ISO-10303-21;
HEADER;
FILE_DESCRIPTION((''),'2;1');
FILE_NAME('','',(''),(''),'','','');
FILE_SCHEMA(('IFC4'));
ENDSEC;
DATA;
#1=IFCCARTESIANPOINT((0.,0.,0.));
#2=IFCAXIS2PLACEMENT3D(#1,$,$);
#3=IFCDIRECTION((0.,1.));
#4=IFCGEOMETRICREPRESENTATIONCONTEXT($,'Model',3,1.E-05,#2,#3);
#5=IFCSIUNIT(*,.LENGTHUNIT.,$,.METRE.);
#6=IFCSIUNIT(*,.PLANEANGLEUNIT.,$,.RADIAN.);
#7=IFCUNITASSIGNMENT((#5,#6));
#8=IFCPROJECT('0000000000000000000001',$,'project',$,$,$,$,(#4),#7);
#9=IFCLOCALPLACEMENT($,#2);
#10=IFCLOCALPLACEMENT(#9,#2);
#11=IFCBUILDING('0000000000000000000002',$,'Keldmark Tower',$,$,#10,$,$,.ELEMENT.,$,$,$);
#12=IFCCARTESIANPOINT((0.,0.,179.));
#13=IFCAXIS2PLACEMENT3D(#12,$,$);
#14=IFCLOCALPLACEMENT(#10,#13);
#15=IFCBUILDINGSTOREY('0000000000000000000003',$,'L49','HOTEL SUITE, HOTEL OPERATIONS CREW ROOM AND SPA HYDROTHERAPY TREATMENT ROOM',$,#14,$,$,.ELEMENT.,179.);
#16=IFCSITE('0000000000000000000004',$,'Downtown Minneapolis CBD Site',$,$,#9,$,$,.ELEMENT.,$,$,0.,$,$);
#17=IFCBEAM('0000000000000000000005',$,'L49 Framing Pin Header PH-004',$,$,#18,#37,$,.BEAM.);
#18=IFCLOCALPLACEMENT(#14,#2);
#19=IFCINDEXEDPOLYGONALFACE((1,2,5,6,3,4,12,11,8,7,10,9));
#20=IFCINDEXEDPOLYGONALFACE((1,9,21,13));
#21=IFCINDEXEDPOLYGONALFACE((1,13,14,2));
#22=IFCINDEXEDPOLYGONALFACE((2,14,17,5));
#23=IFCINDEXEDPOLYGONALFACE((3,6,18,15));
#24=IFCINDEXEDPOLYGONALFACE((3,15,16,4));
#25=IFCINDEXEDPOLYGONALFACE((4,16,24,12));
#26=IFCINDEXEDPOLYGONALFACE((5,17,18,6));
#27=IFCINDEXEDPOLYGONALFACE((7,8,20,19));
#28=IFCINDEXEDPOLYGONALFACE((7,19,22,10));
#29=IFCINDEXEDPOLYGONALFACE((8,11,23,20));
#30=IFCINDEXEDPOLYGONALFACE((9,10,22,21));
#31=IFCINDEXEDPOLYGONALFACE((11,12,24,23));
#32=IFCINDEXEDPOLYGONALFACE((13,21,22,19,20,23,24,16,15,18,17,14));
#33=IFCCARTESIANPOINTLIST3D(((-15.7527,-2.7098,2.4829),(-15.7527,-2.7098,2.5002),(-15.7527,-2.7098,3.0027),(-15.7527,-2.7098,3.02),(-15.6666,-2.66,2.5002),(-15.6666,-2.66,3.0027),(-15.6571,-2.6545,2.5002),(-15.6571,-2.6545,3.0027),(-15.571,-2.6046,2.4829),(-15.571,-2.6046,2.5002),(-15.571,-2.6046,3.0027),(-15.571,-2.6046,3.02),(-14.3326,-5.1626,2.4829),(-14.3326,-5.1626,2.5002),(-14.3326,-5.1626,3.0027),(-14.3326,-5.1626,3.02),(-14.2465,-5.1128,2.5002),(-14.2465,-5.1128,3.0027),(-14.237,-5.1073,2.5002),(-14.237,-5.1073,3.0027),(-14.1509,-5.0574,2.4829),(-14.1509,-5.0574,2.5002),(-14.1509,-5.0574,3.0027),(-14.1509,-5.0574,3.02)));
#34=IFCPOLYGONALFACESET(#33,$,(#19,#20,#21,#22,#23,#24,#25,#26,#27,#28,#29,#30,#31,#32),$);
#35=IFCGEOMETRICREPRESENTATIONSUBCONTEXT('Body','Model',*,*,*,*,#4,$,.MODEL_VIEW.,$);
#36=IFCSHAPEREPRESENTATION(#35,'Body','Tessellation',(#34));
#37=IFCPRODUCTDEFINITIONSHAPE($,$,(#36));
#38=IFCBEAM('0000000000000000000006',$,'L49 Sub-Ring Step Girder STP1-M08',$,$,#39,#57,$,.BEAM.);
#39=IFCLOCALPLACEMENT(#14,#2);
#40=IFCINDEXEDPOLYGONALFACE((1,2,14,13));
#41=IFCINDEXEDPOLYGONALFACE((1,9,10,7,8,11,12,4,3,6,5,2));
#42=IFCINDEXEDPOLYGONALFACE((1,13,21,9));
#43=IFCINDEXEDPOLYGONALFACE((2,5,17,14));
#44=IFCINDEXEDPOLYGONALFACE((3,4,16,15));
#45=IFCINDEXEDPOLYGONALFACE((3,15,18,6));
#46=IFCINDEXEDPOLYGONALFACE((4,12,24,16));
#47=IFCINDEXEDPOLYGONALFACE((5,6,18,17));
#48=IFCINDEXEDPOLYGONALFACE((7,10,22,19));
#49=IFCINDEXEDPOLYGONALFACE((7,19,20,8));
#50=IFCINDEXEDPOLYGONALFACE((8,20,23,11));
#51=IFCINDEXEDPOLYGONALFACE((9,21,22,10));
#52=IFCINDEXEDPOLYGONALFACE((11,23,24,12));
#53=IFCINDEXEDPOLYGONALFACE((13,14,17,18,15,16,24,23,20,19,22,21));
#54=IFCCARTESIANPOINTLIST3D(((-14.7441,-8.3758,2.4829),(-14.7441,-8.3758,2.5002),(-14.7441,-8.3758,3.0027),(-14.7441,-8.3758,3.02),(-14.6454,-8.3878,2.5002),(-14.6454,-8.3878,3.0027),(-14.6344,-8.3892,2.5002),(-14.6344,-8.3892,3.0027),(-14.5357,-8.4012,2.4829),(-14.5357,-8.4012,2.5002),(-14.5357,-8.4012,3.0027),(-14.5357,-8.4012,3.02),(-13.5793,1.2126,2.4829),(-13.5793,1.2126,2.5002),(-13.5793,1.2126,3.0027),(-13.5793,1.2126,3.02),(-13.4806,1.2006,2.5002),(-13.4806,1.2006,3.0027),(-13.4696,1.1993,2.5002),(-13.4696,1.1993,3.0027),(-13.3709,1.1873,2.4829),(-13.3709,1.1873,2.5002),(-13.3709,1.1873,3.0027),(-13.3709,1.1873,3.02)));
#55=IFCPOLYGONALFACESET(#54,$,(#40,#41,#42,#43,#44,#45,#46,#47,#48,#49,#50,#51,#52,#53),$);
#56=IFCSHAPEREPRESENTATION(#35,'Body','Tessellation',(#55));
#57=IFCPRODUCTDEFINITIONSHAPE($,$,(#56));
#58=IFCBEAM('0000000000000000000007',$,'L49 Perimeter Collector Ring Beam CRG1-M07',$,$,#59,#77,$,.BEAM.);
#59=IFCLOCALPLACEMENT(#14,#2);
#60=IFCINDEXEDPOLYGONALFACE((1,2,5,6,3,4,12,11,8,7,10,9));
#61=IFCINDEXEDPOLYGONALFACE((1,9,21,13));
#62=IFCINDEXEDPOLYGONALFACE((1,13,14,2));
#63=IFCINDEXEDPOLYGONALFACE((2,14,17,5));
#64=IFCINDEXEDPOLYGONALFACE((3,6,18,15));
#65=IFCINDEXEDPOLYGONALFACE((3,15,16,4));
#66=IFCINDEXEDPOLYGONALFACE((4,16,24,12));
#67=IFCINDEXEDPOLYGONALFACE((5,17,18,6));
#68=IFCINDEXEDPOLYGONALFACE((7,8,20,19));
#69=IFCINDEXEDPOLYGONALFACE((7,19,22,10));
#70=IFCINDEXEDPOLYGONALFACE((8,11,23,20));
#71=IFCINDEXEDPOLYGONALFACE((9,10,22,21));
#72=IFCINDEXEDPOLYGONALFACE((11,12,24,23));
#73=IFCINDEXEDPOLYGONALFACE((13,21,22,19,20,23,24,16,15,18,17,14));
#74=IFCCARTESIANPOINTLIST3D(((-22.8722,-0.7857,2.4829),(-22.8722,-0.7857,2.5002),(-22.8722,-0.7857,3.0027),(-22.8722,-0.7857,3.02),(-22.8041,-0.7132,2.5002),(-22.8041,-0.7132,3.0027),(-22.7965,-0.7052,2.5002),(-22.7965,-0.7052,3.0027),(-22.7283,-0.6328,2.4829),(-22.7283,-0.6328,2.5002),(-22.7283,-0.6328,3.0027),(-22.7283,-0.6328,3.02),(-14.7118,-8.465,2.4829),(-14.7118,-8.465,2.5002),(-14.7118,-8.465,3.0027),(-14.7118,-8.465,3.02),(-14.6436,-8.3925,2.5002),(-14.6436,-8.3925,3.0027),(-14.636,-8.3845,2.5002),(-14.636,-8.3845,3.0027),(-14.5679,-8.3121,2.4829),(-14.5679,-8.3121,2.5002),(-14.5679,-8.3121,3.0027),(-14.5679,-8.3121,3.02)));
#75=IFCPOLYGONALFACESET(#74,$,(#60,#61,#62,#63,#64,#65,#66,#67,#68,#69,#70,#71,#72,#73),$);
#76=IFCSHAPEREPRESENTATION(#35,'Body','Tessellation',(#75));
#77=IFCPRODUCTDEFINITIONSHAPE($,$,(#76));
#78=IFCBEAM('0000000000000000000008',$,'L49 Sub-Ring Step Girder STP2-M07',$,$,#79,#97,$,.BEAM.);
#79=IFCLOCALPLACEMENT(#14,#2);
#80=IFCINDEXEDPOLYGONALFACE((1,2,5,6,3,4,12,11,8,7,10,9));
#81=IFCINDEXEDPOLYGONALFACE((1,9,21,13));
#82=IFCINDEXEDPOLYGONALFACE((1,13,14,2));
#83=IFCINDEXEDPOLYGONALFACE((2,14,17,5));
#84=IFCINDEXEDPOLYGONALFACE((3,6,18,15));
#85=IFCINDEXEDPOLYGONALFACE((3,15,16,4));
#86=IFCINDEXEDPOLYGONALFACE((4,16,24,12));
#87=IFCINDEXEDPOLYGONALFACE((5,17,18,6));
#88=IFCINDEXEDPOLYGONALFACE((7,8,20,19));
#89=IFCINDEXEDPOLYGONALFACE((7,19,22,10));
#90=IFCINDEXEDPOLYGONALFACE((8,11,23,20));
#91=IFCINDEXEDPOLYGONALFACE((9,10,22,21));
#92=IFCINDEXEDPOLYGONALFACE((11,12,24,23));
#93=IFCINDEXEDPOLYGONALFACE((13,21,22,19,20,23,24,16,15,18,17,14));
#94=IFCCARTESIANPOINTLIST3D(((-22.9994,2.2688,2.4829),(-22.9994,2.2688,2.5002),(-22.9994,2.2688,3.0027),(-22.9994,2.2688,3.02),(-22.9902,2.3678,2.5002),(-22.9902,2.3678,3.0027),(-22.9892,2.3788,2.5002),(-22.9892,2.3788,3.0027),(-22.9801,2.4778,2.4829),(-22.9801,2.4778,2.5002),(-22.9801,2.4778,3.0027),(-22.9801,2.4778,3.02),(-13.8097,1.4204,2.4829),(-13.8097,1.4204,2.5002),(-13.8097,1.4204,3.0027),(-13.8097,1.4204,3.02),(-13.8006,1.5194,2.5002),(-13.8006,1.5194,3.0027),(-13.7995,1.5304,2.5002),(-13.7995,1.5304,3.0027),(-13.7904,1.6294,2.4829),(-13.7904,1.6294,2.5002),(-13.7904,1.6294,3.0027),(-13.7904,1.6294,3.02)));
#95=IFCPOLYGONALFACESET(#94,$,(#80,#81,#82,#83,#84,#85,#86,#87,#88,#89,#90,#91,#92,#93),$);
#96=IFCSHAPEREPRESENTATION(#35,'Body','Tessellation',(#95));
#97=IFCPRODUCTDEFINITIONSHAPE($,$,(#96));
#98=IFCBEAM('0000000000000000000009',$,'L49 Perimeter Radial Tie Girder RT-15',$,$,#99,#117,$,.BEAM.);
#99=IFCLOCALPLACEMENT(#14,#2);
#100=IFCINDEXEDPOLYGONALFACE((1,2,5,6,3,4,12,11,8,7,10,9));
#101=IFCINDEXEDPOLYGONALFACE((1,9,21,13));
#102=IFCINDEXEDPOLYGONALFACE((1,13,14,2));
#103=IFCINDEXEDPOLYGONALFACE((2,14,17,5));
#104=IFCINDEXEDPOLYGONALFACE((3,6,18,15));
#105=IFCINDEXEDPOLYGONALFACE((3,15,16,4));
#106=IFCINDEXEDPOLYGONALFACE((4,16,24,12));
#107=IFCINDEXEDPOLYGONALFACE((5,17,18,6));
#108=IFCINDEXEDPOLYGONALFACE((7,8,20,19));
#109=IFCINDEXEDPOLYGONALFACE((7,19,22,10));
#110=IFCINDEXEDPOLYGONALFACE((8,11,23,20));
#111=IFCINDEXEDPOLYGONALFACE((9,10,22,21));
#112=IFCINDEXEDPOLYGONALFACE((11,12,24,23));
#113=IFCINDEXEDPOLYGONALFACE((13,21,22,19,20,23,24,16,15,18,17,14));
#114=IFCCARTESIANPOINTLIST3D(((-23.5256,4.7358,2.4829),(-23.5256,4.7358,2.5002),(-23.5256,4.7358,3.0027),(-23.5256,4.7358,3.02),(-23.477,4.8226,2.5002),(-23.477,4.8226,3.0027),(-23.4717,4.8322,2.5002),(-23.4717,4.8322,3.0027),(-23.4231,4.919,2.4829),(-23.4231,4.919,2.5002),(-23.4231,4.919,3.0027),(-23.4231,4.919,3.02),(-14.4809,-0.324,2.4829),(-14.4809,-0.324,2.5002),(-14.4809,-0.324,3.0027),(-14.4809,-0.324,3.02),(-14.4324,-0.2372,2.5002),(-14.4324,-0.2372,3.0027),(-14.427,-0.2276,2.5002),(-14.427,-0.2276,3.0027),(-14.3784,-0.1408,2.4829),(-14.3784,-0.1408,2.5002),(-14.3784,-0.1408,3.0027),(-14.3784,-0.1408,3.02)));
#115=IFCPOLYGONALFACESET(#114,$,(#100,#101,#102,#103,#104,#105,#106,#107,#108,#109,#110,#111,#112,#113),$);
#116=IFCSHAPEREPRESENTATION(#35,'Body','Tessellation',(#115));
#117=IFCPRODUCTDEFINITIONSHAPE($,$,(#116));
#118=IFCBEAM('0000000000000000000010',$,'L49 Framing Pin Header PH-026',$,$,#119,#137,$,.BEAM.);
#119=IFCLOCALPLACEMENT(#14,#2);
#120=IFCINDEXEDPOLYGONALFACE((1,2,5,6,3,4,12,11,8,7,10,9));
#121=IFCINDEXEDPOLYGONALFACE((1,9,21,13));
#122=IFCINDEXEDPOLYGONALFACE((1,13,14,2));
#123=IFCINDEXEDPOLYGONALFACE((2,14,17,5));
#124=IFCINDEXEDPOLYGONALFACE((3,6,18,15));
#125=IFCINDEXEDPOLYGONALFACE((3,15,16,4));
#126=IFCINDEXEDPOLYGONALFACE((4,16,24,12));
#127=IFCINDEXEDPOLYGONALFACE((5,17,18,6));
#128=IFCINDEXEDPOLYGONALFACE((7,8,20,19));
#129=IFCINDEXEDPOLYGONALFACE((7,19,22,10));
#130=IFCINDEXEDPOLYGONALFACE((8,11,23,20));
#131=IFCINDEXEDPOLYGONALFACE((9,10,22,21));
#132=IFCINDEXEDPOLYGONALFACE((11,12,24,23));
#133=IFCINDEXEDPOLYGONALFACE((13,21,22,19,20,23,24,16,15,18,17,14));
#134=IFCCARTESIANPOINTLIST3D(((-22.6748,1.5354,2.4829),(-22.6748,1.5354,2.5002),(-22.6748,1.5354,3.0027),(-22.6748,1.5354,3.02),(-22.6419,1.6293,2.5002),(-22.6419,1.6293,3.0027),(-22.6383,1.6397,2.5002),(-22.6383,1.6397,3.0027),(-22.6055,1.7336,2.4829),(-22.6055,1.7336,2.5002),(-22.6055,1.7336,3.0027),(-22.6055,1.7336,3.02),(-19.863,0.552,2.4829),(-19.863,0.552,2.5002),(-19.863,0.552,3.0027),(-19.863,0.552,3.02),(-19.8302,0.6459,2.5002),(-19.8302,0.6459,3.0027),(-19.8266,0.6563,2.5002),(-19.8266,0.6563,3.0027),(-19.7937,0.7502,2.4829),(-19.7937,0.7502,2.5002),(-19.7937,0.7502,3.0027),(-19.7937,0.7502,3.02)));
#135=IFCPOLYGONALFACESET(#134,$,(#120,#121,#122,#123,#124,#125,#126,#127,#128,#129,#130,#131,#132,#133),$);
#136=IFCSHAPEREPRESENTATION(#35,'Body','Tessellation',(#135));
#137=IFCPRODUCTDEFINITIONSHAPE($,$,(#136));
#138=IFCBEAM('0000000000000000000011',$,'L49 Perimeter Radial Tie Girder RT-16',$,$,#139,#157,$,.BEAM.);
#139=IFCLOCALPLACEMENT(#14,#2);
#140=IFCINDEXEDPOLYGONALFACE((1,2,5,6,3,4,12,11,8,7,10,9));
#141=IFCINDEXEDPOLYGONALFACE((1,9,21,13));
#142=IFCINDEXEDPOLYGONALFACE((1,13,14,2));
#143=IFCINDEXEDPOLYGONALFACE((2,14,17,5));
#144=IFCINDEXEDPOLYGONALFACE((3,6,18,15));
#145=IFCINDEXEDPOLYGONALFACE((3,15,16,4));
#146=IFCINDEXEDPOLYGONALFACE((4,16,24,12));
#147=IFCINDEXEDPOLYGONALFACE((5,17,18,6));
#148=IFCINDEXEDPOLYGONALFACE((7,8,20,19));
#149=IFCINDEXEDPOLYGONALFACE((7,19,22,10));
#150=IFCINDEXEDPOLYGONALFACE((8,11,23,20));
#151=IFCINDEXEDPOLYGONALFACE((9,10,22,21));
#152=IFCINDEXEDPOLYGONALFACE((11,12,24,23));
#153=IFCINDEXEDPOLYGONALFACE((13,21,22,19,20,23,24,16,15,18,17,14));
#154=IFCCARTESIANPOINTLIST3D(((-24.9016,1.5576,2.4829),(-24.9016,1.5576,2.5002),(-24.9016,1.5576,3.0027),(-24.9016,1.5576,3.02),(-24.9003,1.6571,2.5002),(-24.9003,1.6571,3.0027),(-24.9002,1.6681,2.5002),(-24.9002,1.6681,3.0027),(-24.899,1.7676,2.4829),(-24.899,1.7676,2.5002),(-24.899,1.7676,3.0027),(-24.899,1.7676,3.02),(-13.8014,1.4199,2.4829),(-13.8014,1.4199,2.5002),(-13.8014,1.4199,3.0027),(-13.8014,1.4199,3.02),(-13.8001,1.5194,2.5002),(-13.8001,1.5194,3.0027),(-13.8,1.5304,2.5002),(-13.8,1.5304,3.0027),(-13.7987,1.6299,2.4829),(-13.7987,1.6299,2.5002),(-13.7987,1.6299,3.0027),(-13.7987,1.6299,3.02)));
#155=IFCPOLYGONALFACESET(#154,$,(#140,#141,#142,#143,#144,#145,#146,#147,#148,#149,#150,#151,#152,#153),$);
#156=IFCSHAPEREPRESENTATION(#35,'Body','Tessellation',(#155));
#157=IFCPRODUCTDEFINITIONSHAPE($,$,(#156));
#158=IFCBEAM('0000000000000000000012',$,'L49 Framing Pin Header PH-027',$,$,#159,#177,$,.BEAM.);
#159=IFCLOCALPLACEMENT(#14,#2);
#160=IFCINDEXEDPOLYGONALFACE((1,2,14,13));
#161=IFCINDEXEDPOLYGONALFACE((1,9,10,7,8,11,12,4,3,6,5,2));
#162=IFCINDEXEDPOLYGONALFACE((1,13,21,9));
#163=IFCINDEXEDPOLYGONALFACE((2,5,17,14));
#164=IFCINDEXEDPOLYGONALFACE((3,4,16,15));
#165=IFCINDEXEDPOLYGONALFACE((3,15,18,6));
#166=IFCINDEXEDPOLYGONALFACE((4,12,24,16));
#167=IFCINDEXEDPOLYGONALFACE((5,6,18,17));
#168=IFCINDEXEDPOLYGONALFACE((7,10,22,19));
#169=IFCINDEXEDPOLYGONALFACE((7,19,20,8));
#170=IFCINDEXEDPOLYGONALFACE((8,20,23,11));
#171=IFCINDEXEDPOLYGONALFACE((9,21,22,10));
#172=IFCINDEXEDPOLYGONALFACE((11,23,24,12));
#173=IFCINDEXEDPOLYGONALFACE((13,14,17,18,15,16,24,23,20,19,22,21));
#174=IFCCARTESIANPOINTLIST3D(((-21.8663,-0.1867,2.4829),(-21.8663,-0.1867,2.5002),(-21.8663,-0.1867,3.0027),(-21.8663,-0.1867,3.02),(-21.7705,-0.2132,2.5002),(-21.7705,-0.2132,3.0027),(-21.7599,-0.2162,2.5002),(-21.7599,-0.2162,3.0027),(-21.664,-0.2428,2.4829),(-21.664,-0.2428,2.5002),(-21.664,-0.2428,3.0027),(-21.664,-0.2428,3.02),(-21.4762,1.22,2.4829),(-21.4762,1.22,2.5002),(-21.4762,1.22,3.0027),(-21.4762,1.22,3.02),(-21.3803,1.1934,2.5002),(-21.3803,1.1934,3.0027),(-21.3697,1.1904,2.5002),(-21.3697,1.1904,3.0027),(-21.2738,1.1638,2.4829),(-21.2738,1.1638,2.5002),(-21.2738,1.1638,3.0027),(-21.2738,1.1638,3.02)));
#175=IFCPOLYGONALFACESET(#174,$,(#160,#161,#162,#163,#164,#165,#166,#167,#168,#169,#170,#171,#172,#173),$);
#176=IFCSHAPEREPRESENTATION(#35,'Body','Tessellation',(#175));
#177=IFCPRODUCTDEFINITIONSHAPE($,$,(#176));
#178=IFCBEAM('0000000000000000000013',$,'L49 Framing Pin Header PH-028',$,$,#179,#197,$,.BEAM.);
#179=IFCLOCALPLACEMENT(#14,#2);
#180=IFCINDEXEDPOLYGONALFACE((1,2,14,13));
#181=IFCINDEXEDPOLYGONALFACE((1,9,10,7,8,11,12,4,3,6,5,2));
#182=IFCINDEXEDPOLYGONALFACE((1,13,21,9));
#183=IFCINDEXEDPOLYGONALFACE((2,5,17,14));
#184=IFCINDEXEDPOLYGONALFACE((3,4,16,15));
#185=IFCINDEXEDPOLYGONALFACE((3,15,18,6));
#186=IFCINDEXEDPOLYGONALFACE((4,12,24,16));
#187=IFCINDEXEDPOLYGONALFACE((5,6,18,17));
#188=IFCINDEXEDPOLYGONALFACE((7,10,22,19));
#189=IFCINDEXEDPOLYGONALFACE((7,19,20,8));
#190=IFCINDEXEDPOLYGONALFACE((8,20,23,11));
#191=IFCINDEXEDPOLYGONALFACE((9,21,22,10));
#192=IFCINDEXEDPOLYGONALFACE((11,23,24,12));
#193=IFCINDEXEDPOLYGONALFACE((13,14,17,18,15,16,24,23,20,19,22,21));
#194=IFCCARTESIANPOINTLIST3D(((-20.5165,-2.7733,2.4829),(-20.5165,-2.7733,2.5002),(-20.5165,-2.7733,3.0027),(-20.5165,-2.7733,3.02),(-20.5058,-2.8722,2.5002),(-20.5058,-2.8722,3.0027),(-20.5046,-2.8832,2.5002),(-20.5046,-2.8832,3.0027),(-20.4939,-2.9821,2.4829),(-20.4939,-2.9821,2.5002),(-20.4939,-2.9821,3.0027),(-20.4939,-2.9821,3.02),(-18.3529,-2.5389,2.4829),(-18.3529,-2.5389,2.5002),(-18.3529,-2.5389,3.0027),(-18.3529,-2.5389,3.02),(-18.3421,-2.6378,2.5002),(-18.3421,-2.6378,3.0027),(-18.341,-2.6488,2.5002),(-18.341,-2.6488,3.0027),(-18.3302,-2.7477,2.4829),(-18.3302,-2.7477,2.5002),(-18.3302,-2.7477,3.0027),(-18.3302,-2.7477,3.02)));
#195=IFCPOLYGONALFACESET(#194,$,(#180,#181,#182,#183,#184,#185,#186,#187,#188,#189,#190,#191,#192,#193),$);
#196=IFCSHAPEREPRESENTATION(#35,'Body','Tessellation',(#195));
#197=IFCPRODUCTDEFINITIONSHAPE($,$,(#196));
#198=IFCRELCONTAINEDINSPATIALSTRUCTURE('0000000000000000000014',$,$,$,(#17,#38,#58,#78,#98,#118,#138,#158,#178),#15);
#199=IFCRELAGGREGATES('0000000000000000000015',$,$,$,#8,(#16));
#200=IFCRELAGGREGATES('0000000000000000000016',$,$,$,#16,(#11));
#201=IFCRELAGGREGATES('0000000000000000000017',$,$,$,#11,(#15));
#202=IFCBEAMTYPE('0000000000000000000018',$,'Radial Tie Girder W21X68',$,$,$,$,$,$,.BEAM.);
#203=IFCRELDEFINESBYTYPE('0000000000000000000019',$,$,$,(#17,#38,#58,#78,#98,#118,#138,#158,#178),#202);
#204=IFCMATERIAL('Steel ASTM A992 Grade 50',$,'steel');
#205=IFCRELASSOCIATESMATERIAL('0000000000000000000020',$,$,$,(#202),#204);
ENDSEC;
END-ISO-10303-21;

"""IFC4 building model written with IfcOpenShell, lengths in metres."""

from ifc_helpers import new_model, si_unit, direction, frame, origin, origin_2d, place, context, subcontext, project, spatial, i_section, extrude, material, material_profile, profile_set, type_object, element, save


model = new_model("IFC4")

# Units and contexts
model_context = context("Model", 3, precision=1e-05, world=origin(), true_north=direction((0.0, 1.0)))
body_context = subcontext(model_context, "Body", "Model", "MODEL_VIEW")
ifc_project = project(units=[si_unit("LENGTHUNIT", "METRE"), si_unit("PLANEANGLEUNIT", "RADIAN")], contexts=[model_context])

# Site, building, storey
site_placement = place(None, origin())
site = spatial("IfcSite", under=ifc_project, at=site_placement, Name="Downtown Minneapolis CBD Site", CompositionType="ELEMENT", RefElevation=0.0)
building_placement = place(site_placement, origin())
building = spatial("IfcBuilding", under=site, at=building_placement, Name="Keldmark Tower", CompositionType="ELEMENT")
storey_placement = place(building_placement, frame((0.0, 0.0, 179.0)))
storey = spatial("IfcBuildingStorey", under=building, at=storey_placement, Name="L49", Description="HOTEL SUITE, HOTEL OPERATIONS CREW ROOM AND SPA HYDROTHERAPY TREATMENT ROOM", CompositionType="ELEMENT", Elevation=179.0)

# Beams
ifc_material_1 = material(Name="Steel ASTM A992 Grade 50", Category="steel")
ifc_material_profile_1 = material_profile(ifc_material_1, i_section(OverallWidth=0.21, OverallDepth=0.5371, WebThickness=0.011, FlangeThickness=0.0173, at=origin_2d()), Name="W21X68")
ifc_profile_set_1 = profile_set([ifc_material_profile_1], Name="Steel ASTM A992 Grade 50")
beam_type_1 = type_object("IfcBeamType", Name="Radial Tie Girder W21X68", PredefinedType="BEAM", material=ifc_profile_set_1)
beam_1_placement = place(storey_placement, frame((-15.6619, -2.6572, 2.7515), z_axis=(0.501057, -0.865414, 0.0), x_axis=(0.865414, 0.501057, 0.0)))
element("IfcBeam", 1, at=beam_1_placement, inside=storey, type_object=beam_type_1, Name="L49 Framing Pin Header PH-004", PredefinedType="BEAM", context=body_context, shape_type="SweptSolid", body=[
    extrude(i_section(OverallWidth=0.21, OverallDepth=0.5371, WebThickness=0.011, FlangeThickness=0.0173, at=origin_2d()), origin(), (0.0, 0.0, 1.0), 2.8342),
])
beam_2_placement = place(storey_placement, frame((-13.4751, 1.2, 2.7515), z_axis=(-0.120593, -0.992702, 0.0), x_axis=(0.992702, -0.120593, 0.0)))
element("IfcBeam", 2, at=beam_2_placement, inside=storey, type_object=beam_type_1, Name="L49 Sub-Ring Step Girder STP1-M08", PredefinedType="BEAM", context=body_context, shape_type="SweptSolid", body=[
    extrude(i_section(OverallWidth=0.21, OverallDepth=0.5371, WebThickness=0.011, FlangeThickness=0.0173, at=origin_2d()), origin(), (0.0, 0.0, 1.0), 9.6589),
])
beam_3_placement = place(storey_placement, frame((-22.8003, -0.7092, 2.7515), z_axis=(0.728252, -0.685309, 0.0), x_axis=(0.685309, 0.728252, 0.0)))
element("IfcBeam", 3, at=beam_3_placement, inside=storey, type_object=beam_type_1, Name="L49 Perimeter Collector Ring Beam CRG1-M07", PredefinedType="BEAM", context=body_context, shape_type="SweptSolid", body=[
    extrude(i_section(OverallWidth=0.21, OverallDepth=0.5371, WebThickness=0.011, FlangeThickness=0.0173, at=origin_2d()), origin(), (0.0, 0.0, 1.0), 11.2056),
])
beam_4_placement = place(storey_placement, frame((-13.8, 1.5249, 2.7515), z_axis=(-0.995766, 0.091929, 0.0), x_axis=(-0.091929, -0.995766, 0.0)))
element("IfcBeam", 4, at=beam_4_placement, inside=storey, type_object=beam_type_1, Name="L49 Sub-Ring Step Girder STP2-M07", PredefinedType="BEAM", context=body_context, shape_type="SweptSolid", body=[
    extrude(i_section(OverallWidth=0.21, OverallDepth=0.5371, WebThickness=0.011, FlangeThickness=0.0173, at=origin_2d()), origin(), (0.0, 0.0, 1.0), 9.2288),
])
beam_5_placement = place(storey_placement, frame((-14.4297, -0.2324, 2.7515), z_axis=(-0.87272, 0.488221, 0.0), x_axis=(-0.488221, -0.87272, 0.0)))
element("IfcBeam", 5, at=beam_5_placement, inside=storey, type_object=beam_type_1, Name="L49 Perimeter Radial Tie Girder RT-15", PredefinedType="BEAM", context=body_context, shape_type="SweptSolid", body=[
    extrude(i_section(OverallWidth=0.21, OverallDepth=0.5371, WebThickness=0.011, FlangeThickness=0.0173, at=origin_2d()), origin(), (0.0, 0.0, 1.0), 10.3638),
])
beam_6_placement = place(storey_placement, frame((-19.8284, 0.6511, 2.7515), z_axis=(-0.943934, 0.330135, 0.0), x_axis=(-0.330135, -0.943934, 0.0)))
element("IfcBeam", 6, at=beam_6_placement, inside=storey, type_object=beam_type_1, Name="L49 Framing Pin Header PH-026", PredefinedType="BEAM", context=body_context, shape_type="SweptSolid", body=[
    extrude(i_section(OverallWidth=0.21, OverallDepth=0.5371, WebThickness=0.011, FlangeThickness=0.0173, at=origin_2d()), origin(), (0.0, 0.0, 1.0), 2.9788),
])
beam_7_placement = place(storey_placement, frame((-13.8, 1.5249, 2.7515), z_axis=(-0.999923, 0.012404, 0.0), x_axis=(-0.012404, -0.999923, 0.0)))
element("IfcBeam", 7, at=beam_7_placement, inside=storey, type_object=beam_type_1, Name="L49 Perimeter Radial Tie Girder RT-16", PredefinedType="BEAM", context=body_context, shape_type="SweptSolid", body=[
    extrude(i_section(OverallWidth=0.21, OverallDepth=0.5371, WebThickness=0.011, FlangeThickness=0.0173, at=origin_2d()), origin(), (0.0, 0.0, 1.0), 11.1011),
])
beam_8_placement = place(storey_placement, frame((-21.375, 1.1919, 2.7515), z_axis=(-0.26729, -0.963616, 0.0), x_axis=(0.963616, -0.26729, 0.0)))
element("IfcBeam", 8, at=beam_8_placement, inside=storey, type_object=beam_type_1, Name="L49 Framing Pin Header PH-027", PredefinedType="BEAM", context=body_context, shape_type="SweptSolid", body=[
    extrude(i_section(OverallWidth=0.21, OverallDepth=0.5371, WebThickness=0.011, FlangeThickness=0.0173, at=origin_2d()), origin(), (0.0, 0.0, 1.0), 1.4597),
])
beam_9_placement = place(storey_placement, frame((-18.3416, -2.6433, 2.7515), z_axis=(-0.994184, -0.107698, 0.0), x_axis=(0.107698, -0.994184, 0.0)))
element("IfcBeam", 9, at=beam_9_placement, inside=storey, type_object=beam_type_1, Name="L49 Framing Pin Header PH-028", PredefinedType="BEAM", context=body_context, shape_type="SweptSolid", body=[
    extrude(i_section(OverallWidth=0.21, OverallDepth=0.5371, WebThickness=0.011, FlangeThickness=0.0173, at=origin_2d()), origin(), (0.0, 0.0, 1.0), 2.1763),
])

save(model, "model.ifc")
